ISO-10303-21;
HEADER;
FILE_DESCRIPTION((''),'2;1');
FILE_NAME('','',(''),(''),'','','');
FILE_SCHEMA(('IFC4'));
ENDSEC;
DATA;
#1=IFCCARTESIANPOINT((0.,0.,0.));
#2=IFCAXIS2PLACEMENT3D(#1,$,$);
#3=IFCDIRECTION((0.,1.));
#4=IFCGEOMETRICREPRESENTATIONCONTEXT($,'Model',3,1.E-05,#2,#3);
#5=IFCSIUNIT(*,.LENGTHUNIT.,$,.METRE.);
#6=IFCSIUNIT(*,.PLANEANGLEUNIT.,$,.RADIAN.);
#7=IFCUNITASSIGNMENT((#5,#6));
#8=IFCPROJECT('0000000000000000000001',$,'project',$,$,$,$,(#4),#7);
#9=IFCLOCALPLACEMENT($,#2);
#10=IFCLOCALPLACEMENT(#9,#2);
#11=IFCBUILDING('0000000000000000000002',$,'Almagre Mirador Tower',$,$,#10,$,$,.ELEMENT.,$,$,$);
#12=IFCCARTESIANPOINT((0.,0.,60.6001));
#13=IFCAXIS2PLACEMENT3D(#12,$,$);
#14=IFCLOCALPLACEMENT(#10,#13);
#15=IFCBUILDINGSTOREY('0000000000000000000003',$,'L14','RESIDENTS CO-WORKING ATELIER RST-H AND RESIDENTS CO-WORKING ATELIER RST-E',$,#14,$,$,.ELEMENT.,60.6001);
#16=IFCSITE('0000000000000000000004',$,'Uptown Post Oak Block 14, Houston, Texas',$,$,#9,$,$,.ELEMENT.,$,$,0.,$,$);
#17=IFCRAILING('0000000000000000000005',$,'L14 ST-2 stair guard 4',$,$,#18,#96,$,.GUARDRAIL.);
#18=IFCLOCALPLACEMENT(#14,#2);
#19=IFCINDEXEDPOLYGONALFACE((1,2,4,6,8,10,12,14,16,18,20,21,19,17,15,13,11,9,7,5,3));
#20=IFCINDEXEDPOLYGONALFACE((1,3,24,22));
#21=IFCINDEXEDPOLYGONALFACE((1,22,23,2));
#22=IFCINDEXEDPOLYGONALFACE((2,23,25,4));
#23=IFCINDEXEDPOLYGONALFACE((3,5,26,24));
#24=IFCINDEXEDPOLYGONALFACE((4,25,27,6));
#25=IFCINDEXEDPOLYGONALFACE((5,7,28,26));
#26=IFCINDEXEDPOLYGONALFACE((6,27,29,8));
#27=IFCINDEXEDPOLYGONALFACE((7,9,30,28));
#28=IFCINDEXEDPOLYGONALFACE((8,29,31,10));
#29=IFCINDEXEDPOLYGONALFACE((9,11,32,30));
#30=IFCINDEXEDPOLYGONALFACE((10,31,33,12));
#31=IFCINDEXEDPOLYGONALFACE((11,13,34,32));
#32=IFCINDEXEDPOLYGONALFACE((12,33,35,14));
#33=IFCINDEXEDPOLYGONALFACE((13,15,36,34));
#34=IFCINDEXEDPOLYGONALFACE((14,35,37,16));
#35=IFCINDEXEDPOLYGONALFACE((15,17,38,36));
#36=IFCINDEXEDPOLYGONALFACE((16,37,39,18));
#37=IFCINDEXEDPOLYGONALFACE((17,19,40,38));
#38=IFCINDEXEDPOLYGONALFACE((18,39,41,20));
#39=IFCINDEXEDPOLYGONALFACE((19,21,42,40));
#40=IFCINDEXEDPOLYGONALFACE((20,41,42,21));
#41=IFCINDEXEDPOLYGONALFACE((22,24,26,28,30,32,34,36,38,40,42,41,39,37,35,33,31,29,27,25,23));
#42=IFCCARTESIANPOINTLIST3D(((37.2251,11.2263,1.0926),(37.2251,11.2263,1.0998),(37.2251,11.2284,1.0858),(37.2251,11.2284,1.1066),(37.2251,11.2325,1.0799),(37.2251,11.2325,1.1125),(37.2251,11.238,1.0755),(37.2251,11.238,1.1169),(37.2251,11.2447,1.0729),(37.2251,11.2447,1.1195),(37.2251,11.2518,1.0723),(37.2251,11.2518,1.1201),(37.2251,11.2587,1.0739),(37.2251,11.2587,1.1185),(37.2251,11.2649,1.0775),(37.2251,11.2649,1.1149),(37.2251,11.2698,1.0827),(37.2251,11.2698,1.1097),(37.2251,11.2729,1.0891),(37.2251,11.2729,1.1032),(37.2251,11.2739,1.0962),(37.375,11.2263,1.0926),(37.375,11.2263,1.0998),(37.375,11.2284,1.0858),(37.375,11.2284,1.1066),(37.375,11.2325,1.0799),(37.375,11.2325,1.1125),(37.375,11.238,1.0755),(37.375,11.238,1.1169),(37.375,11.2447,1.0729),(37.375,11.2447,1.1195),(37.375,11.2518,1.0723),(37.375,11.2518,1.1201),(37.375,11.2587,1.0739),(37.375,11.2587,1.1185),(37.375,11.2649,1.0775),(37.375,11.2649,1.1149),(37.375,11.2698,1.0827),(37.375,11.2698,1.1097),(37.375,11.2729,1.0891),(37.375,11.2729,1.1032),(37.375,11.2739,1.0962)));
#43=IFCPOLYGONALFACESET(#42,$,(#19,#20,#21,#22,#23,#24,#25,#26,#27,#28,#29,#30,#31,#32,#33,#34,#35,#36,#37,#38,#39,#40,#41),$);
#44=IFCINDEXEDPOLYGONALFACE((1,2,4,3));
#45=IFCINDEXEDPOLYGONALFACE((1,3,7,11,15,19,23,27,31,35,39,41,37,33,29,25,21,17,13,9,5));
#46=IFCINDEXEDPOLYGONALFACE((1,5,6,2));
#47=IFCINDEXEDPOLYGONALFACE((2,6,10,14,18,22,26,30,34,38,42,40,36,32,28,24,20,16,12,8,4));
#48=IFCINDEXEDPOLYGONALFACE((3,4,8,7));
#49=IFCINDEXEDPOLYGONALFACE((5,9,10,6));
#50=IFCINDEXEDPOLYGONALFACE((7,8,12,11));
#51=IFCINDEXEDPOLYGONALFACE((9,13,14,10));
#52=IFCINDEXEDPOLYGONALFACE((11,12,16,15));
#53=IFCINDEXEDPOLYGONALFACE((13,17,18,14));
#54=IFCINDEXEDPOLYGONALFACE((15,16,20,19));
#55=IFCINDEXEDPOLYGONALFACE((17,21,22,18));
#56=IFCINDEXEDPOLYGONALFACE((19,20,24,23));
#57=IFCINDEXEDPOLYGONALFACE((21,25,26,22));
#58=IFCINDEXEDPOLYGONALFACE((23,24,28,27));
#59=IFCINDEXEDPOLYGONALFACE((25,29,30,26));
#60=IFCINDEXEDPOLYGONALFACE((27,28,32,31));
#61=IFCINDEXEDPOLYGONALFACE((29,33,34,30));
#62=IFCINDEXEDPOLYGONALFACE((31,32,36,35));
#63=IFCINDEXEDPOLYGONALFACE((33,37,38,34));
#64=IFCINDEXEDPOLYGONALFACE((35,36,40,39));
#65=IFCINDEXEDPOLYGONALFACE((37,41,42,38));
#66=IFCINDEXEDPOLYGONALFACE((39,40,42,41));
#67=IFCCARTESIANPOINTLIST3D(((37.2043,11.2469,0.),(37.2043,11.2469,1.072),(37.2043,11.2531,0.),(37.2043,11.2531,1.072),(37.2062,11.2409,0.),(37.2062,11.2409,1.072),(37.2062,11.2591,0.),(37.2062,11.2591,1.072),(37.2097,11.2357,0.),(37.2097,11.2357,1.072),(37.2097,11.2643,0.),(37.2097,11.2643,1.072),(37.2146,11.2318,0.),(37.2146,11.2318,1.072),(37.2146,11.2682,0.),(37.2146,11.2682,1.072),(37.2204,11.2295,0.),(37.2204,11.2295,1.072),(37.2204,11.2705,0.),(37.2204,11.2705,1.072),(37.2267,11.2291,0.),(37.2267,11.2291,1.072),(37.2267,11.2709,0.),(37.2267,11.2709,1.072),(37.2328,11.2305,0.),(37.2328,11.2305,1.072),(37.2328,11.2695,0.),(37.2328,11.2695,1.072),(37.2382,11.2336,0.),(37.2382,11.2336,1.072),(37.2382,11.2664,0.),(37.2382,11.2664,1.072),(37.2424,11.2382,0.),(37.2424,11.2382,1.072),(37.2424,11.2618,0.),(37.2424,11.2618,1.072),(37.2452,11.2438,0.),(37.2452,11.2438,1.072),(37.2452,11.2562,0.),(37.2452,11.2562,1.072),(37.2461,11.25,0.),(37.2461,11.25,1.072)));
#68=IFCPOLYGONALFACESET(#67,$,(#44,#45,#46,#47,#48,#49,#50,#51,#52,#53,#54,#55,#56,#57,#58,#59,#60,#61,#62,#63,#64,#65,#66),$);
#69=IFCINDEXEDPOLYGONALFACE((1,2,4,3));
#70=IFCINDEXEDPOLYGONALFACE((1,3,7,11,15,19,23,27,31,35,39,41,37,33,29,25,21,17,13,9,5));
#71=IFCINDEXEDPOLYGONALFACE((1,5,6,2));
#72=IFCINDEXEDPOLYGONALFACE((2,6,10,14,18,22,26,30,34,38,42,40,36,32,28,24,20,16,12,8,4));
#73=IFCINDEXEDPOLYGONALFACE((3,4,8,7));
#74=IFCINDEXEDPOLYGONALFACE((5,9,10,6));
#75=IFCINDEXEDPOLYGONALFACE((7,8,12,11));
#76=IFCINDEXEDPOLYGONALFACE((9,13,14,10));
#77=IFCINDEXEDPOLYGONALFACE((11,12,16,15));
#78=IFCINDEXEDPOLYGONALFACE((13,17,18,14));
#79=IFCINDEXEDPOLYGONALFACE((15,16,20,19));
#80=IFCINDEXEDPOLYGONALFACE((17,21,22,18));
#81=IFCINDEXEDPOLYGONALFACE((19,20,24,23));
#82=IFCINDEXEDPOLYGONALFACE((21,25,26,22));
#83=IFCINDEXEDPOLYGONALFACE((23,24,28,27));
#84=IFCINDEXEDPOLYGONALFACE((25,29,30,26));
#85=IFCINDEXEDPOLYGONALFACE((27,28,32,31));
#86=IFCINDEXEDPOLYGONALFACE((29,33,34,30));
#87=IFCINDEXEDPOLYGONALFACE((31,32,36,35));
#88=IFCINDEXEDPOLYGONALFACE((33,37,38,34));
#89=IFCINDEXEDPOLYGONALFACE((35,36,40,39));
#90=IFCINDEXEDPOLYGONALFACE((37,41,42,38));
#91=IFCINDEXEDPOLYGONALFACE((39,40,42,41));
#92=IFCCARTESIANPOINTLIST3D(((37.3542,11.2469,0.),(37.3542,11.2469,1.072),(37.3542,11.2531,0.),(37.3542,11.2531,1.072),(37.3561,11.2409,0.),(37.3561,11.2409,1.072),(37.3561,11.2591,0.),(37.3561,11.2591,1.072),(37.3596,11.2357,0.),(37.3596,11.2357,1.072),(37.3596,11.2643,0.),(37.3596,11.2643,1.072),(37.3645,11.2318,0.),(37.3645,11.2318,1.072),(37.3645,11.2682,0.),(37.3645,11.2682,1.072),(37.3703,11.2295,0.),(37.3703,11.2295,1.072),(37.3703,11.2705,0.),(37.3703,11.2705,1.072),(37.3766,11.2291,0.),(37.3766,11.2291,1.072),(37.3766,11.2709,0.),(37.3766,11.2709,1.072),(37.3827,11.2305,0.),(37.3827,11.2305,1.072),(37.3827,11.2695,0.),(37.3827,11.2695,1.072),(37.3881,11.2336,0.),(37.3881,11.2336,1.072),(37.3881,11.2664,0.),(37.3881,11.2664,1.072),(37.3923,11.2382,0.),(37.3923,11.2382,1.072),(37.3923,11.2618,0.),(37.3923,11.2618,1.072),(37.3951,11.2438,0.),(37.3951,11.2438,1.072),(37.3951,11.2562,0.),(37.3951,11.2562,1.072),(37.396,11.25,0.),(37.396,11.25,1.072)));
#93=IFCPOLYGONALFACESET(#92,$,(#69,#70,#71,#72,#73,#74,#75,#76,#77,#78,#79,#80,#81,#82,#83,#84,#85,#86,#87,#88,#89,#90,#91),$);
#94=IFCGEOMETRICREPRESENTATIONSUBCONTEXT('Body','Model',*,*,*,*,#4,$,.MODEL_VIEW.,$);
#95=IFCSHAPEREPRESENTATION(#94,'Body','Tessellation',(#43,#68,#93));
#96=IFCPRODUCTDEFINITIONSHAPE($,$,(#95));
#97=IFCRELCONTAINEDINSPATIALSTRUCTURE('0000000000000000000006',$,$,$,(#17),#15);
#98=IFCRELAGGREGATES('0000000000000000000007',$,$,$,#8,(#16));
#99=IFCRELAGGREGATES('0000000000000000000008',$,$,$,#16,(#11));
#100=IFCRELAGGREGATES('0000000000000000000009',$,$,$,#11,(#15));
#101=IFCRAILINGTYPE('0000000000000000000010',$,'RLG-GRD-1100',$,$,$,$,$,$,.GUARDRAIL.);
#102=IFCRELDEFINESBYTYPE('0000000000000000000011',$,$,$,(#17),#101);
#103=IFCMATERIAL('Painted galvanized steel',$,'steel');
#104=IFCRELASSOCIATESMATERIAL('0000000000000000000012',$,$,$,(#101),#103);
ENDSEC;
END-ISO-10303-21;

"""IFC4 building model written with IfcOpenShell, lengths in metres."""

from ifc_helpers import new_model, si_unit, direction, frame, origin, origin_2d, place, context, subcontext, project, spatial, circle, extrude, material, type_object, element, save


model = new_model("IFC4")

# Units and contexts
model_context = context("Model", 3, precision=1e-05, world=origin(), true_north=direction((0.0, 1.0)))
body_context = subcontext(model_context, "Body", "Model", "MODEL_VIEW")
ifc_project = project(units=[si_unit("LENGTHUNIT", "METRE"), si_unit("PLANEANGLEUNIT", "RADIAN")], contexts=[model_context])

# Site, building, storey
site_placement = place(None, origin())
site = spatial("IfcSite", under=ifc_project, at=site_placement, Name="Uptown Post Oak Block 14, Houston, Texas", CompositionType="ELEMENT", RefElevation=0.0)
building_placement = place(site_placement, origin())
building = spatial("IfcBuilding", under=site, at=building_placement, Name="Almagre Mirador Tower", CompositionType="ELEMENT")
storey_placement = place(building_placement, frame((0.0, 0.0, 60.6001)))
storey = spatial("IfcBuildingStorey", under=building, at=storey_placement, Name="L14", Description="RESIDENTS CO-WORKING ATELIER RST-H AND RESIDENTS CO-WORKING ATELIER RST-E", CompositionType="ELEMENT", Elevation=60.6001)

# Railing
ifc_material_1 = material(Name="Painted galvanized steel", Category="steel")
railing_type_1 = type_object("IfcRailingType", Name="RLG-GRD-1100", PredefinedType="GUARDRAIL", material=ifc_material_1)
railing_1_placement = place(storey_placement, frame((37.2251, 11.25, 0.0)))
element("IfcRailing", 1, at=railing_1_placement, inside=storey, type_object=railing_type_1, Name="L14 ST-2 stair guard 4", PredefinedType="GUARDRAIL", context=body_context, shape_type="SweptSolid", body=[
    extrude(circle(Radius=0.0239, at=origin_2d()), frame((0.0, 0.0, 1.0962), z_axis=(1.0, 0.0, 0.0), x_axis=(0.0, 1.0, 0.0)), (0.0, 0.0, 1.0), 0.1499),
    extrude(circle(Radius=0.021, at=origin_2d()), origin(), (0.0, 0.0, 1.0), 1.072),
    extrude(circle(Radius=0.021, at=origin_2d()), frame((0.1499, 0.0, 0.0)), (0.0, 0.0, 1.0), 1.072),
])

save(model, "model.ifc")
